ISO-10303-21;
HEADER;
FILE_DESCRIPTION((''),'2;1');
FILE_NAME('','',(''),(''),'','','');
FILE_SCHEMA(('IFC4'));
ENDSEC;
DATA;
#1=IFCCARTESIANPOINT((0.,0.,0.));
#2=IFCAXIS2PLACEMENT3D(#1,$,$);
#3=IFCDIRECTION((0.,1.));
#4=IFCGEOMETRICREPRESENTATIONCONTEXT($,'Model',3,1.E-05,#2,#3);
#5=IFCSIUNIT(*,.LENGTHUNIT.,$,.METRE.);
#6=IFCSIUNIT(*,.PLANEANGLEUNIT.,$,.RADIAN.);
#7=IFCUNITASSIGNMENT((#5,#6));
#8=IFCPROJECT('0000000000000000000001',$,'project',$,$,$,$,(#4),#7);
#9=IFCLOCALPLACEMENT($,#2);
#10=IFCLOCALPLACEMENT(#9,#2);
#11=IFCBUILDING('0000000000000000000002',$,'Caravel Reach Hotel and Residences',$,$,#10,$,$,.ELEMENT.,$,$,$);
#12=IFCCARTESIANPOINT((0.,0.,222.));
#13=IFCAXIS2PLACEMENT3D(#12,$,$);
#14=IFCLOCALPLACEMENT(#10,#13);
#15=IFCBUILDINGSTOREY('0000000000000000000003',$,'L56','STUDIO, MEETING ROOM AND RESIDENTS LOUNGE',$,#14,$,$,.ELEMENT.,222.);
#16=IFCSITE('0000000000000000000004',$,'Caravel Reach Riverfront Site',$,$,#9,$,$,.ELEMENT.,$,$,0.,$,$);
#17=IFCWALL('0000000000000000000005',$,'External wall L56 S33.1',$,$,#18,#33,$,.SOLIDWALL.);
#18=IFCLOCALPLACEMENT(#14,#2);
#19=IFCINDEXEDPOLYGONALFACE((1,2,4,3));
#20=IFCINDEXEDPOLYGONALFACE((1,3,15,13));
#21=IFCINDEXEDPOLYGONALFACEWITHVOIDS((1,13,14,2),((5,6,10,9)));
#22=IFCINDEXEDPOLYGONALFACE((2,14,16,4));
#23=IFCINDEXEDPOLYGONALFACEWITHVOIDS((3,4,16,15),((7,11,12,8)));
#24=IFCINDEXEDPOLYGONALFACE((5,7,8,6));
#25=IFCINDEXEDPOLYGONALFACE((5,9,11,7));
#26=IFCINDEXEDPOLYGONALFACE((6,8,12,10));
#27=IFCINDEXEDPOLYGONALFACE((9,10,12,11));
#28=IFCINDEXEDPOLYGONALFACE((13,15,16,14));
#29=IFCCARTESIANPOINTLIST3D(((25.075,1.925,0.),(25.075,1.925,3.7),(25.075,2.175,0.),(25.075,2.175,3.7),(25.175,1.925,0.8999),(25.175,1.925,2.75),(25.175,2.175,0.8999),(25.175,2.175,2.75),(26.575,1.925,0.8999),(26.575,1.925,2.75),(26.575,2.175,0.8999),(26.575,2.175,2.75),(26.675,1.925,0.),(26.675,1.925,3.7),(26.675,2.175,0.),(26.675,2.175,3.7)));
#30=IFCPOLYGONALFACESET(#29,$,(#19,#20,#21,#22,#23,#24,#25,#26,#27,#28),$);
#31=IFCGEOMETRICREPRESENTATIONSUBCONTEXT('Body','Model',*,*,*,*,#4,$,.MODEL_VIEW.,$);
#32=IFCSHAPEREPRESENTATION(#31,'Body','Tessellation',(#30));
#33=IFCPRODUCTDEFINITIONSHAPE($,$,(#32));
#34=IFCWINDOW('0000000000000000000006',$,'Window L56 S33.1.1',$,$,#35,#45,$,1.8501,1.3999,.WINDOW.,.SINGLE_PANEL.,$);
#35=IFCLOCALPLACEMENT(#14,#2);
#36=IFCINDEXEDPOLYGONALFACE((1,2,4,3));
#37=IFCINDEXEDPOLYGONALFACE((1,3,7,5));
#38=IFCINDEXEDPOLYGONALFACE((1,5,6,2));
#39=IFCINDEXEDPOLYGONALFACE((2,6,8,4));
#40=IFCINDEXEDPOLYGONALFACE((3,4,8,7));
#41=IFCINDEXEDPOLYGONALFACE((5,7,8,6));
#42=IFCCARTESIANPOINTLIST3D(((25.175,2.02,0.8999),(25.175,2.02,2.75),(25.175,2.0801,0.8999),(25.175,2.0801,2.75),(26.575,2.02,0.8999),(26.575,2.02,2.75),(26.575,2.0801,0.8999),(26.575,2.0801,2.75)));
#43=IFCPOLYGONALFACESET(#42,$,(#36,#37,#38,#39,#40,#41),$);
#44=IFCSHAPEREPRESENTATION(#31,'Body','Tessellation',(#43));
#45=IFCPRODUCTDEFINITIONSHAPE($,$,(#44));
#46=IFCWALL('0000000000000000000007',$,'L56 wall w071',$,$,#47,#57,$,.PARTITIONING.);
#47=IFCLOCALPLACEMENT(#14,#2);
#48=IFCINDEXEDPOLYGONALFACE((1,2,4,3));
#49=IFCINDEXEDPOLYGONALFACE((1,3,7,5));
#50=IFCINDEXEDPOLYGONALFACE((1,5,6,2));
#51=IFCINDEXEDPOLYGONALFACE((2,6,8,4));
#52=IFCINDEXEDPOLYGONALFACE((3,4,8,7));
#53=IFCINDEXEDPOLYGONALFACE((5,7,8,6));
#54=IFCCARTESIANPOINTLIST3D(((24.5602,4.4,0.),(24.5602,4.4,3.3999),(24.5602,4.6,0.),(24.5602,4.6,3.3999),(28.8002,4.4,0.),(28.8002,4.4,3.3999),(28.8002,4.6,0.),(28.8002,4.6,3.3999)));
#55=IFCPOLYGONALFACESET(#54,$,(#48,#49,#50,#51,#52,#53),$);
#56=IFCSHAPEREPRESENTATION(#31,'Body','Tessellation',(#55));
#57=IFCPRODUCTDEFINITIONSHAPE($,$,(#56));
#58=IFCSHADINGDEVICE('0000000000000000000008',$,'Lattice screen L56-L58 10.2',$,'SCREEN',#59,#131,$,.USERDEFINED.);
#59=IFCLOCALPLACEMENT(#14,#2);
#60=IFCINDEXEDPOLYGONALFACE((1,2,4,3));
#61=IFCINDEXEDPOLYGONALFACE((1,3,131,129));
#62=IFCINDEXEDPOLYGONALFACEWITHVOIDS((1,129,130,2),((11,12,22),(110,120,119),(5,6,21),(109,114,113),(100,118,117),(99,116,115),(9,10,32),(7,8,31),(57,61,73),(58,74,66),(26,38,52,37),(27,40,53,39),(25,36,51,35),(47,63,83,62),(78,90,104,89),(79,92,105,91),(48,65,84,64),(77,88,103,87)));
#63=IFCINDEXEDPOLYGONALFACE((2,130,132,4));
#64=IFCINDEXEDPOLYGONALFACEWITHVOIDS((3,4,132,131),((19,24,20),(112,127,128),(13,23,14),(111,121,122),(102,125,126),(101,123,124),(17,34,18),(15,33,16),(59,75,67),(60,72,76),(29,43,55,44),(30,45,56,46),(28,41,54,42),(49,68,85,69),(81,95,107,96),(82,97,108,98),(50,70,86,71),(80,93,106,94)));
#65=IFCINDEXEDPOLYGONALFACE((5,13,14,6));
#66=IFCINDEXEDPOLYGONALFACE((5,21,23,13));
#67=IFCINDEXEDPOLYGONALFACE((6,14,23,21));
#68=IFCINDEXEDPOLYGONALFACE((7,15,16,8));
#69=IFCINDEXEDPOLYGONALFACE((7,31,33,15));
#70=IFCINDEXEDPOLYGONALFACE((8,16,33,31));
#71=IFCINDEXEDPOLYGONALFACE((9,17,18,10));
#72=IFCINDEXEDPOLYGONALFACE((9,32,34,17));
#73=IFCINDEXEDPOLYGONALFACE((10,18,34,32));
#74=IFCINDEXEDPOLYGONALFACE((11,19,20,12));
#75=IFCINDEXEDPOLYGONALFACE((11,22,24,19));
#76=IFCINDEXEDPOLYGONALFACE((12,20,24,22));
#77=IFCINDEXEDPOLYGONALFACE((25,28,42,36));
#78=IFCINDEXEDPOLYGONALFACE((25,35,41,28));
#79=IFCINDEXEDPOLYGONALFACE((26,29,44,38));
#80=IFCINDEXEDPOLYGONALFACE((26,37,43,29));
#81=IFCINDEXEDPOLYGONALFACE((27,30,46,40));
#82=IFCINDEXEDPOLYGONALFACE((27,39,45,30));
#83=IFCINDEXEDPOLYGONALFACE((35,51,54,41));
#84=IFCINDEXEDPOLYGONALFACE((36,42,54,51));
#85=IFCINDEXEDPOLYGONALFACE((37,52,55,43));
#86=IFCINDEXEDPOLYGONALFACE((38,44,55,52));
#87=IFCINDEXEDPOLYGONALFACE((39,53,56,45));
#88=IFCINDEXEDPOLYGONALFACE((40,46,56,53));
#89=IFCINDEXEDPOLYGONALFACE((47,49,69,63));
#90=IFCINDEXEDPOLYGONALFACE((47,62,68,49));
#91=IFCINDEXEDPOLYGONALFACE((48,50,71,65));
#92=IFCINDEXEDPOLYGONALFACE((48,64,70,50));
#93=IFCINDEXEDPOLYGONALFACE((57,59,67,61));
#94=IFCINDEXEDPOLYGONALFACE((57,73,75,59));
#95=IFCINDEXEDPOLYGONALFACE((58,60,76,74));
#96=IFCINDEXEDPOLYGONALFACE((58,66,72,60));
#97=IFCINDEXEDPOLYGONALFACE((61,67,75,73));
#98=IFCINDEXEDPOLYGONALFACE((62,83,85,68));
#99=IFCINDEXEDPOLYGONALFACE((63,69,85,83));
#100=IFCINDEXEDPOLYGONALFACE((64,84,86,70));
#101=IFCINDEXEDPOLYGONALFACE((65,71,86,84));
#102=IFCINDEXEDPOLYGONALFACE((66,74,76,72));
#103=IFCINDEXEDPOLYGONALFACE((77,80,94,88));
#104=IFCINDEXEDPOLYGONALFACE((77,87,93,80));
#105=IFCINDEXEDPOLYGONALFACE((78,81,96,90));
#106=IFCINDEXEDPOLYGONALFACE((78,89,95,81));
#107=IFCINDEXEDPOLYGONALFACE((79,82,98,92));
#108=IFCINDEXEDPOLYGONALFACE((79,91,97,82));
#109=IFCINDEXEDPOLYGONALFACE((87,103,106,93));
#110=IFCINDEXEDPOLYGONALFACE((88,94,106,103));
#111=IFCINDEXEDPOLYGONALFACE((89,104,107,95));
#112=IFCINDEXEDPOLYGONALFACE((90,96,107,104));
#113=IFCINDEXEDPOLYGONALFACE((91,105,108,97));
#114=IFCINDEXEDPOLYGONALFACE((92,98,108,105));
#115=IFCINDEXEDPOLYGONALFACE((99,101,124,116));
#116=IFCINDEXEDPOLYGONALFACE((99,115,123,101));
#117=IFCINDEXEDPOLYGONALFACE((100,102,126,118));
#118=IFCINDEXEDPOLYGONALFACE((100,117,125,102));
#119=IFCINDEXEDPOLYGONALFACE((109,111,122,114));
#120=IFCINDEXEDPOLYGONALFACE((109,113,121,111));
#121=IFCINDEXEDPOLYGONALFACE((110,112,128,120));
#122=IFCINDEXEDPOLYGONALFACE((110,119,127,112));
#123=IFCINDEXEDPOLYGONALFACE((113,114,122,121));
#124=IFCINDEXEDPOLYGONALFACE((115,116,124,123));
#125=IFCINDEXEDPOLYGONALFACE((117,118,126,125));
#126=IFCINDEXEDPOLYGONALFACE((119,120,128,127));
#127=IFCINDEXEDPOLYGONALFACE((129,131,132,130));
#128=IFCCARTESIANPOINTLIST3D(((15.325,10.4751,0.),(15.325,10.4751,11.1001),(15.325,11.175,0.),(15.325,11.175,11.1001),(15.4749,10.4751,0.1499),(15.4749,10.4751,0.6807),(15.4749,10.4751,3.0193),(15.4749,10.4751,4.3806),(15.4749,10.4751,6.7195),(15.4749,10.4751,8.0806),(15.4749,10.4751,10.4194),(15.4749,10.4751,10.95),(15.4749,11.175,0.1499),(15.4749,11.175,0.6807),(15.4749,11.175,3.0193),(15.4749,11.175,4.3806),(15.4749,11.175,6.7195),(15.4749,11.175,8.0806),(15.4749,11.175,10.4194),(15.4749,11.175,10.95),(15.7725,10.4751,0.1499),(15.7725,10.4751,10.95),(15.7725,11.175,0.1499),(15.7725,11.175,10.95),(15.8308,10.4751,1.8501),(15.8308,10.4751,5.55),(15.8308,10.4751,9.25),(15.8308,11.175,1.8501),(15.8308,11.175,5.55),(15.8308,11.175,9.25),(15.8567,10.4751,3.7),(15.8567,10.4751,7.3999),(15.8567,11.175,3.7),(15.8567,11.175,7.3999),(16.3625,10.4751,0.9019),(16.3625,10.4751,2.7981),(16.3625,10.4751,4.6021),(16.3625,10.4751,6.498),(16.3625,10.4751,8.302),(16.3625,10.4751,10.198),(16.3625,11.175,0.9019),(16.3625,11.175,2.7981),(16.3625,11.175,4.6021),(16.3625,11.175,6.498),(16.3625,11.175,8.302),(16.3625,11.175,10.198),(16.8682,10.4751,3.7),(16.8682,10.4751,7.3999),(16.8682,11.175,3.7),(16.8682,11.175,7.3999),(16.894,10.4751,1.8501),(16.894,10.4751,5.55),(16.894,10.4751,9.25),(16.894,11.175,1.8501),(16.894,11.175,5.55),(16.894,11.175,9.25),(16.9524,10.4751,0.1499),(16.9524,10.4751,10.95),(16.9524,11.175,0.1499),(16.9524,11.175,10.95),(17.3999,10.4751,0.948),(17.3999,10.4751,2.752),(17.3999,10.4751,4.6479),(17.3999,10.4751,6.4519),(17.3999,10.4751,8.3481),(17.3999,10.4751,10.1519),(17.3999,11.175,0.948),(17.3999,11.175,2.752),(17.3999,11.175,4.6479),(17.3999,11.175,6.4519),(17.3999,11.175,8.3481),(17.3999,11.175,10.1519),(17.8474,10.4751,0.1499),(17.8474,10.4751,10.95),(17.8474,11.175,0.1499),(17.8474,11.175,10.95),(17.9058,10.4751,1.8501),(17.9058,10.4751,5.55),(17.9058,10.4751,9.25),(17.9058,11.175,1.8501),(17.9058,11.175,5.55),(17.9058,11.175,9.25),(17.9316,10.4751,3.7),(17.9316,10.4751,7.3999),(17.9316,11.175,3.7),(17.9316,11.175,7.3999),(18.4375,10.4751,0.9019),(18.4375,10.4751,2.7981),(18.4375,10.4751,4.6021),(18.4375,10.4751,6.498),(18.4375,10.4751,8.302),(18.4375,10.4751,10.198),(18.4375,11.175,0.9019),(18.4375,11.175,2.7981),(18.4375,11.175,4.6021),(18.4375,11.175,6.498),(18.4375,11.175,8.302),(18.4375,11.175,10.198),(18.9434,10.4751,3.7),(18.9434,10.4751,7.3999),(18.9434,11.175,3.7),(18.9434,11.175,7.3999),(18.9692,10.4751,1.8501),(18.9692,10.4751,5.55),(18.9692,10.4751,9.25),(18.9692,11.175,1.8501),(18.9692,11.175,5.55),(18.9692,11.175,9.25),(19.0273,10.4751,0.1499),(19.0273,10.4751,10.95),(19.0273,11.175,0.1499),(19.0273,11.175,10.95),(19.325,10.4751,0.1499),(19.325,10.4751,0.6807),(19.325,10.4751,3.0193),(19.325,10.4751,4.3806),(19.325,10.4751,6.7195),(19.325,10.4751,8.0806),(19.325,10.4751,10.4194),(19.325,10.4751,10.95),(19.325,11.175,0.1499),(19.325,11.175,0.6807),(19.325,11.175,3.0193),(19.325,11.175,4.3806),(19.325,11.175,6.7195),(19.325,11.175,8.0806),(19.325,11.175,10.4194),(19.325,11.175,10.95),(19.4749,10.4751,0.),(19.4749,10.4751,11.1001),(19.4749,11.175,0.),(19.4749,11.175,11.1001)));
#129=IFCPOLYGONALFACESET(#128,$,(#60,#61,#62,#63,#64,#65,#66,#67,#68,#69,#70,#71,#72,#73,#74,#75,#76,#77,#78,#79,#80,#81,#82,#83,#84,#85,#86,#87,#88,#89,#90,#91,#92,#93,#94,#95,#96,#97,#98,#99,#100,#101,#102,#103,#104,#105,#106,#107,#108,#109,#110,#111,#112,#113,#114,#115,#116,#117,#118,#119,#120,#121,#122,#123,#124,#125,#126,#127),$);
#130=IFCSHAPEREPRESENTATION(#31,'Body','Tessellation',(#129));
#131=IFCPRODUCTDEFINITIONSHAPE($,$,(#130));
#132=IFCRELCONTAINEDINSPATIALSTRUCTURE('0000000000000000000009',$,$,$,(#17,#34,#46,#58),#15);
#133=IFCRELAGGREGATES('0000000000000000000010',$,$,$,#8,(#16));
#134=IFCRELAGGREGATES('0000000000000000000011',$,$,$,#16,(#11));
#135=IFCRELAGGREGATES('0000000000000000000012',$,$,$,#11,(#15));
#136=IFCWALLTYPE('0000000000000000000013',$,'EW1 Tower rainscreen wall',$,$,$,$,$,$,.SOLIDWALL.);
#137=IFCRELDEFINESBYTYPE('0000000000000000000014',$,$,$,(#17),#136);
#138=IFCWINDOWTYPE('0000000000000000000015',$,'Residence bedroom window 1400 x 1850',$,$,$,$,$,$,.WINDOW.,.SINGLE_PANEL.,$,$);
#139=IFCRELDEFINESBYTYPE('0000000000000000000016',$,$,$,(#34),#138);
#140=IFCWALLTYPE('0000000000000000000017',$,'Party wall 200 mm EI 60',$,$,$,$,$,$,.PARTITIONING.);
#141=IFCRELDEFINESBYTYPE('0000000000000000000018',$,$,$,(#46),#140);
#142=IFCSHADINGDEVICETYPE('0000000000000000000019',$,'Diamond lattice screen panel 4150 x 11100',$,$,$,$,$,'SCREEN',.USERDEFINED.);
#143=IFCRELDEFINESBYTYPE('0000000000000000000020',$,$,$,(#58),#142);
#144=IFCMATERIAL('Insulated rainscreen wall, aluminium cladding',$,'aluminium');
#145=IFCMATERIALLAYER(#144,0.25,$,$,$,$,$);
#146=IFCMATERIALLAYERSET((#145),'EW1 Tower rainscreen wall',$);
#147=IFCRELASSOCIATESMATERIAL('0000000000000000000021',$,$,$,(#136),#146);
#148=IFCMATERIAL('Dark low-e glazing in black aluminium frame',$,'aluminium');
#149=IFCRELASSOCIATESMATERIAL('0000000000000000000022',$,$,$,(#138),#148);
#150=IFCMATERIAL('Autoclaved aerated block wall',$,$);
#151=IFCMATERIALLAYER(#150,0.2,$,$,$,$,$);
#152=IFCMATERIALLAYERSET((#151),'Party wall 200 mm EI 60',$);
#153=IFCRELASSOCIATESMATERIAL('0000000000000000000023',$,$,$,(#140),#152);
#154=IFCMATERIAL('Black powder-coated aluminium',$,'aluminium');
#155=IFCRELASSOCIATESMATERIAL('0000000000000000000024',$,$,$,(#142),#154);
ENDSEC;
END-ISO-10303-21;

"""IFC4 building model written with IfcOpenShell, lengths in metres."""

from ifc_helpers import new_model, si_unit, direction, frame, frame_2d, origin, place, context, subcontext, project, spatial, polyline, rectangle, outline, extrude, material, layer, layer_set, type_object, element, fill, save


model = new_model("IFC4")

# Units and contexts
model_context = context("Model", 3, precision=1e-05, world=origin(), true_north=direction((0.0, 1.0)))
body_context = subcontext(model_context, "Body", "Model", "MODEL_VIEW")
ifc_project = project(units=[si_unit("LENGTHUNIT", "METRE"), si_unit("PLANEANGLEUNIT", "RADIAN")], contexts=[model_context])

# Site, building, storey
site_placement = place(None, origin())
site = spatial("IfcSite", under=ifc_project, at=site_placement, Name="Caravel Reach Riverfront Site", CompositionType="ELEMENT", RefElevation=0.0)
building_placement = place(site_placement, origin())
building = spatial("IfcBuilding", under=site, at=building_placement, Name="Caravel Reach Hotel and Residences", CompositionType="ELEMENT")
storey_placement = place(building_placement, frame((0.0, 0.0, 222.0)))
storey = spatial("IfcBuildingStorey", under=building, at=storey_placement, Name="L56", Description="STUDIO, MEETING ROOM AND RESIDENTS LOUNGE", CompositionType="ELEMENT", Elevation=222.0)

# Shared definitions
ifc_material_1 = material(Name="Insulated rainscreen wall, aluminium cladding", Category="aluminium")
ifc_layer_1 = layer(ifc_material_1, 0.25)
ifc_layer_set_1 = layer_set([ifc_layer_1], Name="EW1 Tower rainscreen wall")
wall_type_1 = type_object("IfcWallType", Name="EW1 Tower rainscreen wall", PredefinedType="SOLIDWALL", material=ifc_layer_set_1)

# Wall, opening, window
ifc_material_2 = material(Name="Dark low-e glazing in black aluminium frame", Category="aluminium")
window_type_1 = type_object("IfcWindowType", Name="Residence bedroom window 1400 x 1850", PartitioningType="SINGLE_PANEL", PredefinedType="WINDOW", material=ifc_material_2)
wall_1_placement = place(storey_placement, frame((25.075, 2.05, 0.0), z_axis=(0.0, 0.0, 1.0), x_axis=(1.0, 0.0, 0.0)))
wall_1 = element("IfcWall", 1, at=wall_1_placement, inside=storey, type_object=wall_type_1, Name="External wall L56 S33.1", PredefinedType="SOLIDWALL", context=body_context, shape_type="SweptSolid", body=[
    extrude(rectangle(XDim=1.6001, YDim=0.25, at=frame_2d((0.8, 0.0))), origin(), (0.0, 0.0, 1.0), 3.7),
])
opening_1_placement = place(wall_1_placement, frame((0.1001, 0.0, 0.8999)))
opening_1 = element("IfcOpeningElement", 2, at=opening_1_placement, cuts=wall_1, PredefinedType="OPENING", context=body_context, shape_type="SweptSolid", body=[
    extrude(rectangle(XDim=1.3999, YDim=1.8501, at=frame_2d((0.7, 0.925))), frame((0.0, 0.135, 0.0), z_axis=(0.0, -1.0, 0.0), x_axis=(1.0, 0.0, 0.0)), (0.0, 0.0, 1.0), 0.27),
])
window_1_placement = place(opening_1_placement, origin())
window_1 = element("IfcWindow", 3, at=window_1_placement, inside=storey, type_object=window_type_1, Name="Window L56 S33.1.1", OverallHeight=1.8501, OverallWidth=1.3999, PartitioningType="SINGLE_PANEL", PredefinedType="WINDOW", context=body_context, shape_type="SweptSolid", body=[
    extrude(rectangle(XDim=1.3999, YDim=1.8501, at=frame_2d((0.7, 0.925))), frame((0.0, 0.03, 0.0), z_axis=(0.0, -1.0, 0.0), x_axis=(1.0, 0.0, 0.0)), (0.0, 0.0, 1.0), 0.0601),
])
fill(opening_1, window_1)

# Wall
ifc_material_3 = material(Name="Autoclaved aerated block wall")
ifc_layer_2 = layer(ifc_material_3, 0.2)
ifc_layer_set_2 = layer_set([ifc_layer_2], Name="Party wall 200 mm EI 60")
wall_type_2 = type_object("IfcWallType", Name="Party wall 200 mm EI 60", PredefinedType="PARTITIONING", material=ifc_layer_set_2)
wall_2_placement = place(storey_placement, frame((24.5601, 4.5, 0.0), z_axis=(0.0, 0.0, 1.0), x_axis=(1.0, 0.0, 0.0)))
element("IfcWall", 4, at=wall_2_placement, inside=storey, type_object=wall_type_2, Name="L56 wall w071", PredefinedType="PARTITIONING", context=body_context, shape_type="SweptSolid", body=[
    extrude(rectangle(XDim=4.24, YDim=0.2, at=frame_2d((2.1201, 0.0))), origin(), (0.0, 0.0, 1.0), 3.3999),
])

# Shading device
ifc_material_4 = material(Name="Black powder-coated aluminium", Category="aluminium")
shading_device_type_1 = type_object("IfcShadingDeviceType", Name="Diamond lattice screen panel 4150 x 11100", ElementType="SCREEN", PredefinedType="USERDEFINED", material=ifc_material_4)
shading_device_1_placement = place(storey_placement, frame((15.325, 11.175, 0.0), z_axis=(0.0, -1.0, 0.0), x_axis=(1.0, 0.0, 0.0)))
element("IfcShadingDevice", 5, at=shading_device_1_placement, inside=storey, type_object=shading_device_type_1, Name="Lattice screen L56-L58 10.2", ObjectType="SCREEN", PredefinedType="USERDEFINED", context=body_context, shape_type="SweptSolid", body=[
    extrude(outline(polyline([(0.0, 0.0), (4.1499, 0.0), (4.1499, 11.1001), (0.0, 11.1001), (0.0, 0.0)]), holes=[polyline([(0.4475, 0.1499), (0.1499, 0.6807), (0.1499, 0.1499), (0.4475, 0.1499)]), polyline([(0.5317, 3.7), (0.1499, 4.3806), (0.1499, 3.0193), (0.5317, 3.7)]), polyline([(0.5317, 7.3999), (0.1499, 8.0806), (0.1499, 6.7195), (0.5317, 7.3999)]), polyline([(0.1499, 10.4194), (0.4475, 10.95), (0.1499, 10.95), (0.1499, 10.4194)]), polyline([(1.0376, 2.7981), (0.5059, 1.8501), (1.0376, 0.9019), (1.5691, 1.8501), (1.0376, 2.7981)]), polyline([(1.0376, 6.498), (0.5059, 5.55), (1.0376, 4.6021), (1.5691, 5.55), (1.0376, 6.498)]), polyline([(1.0376, 10.198), (0.5059, 9.25), (1.0376, 8.302), (1.5691, 9.25), (1.0376, 10.198)]), polyline([(2.075, 0.948), (1.6274, 0.1499), (2.5225, 0.1499), (2.075, 0.948)]), polyline([(2.075, 4.6479), (1.5432, 3.7), (2.075, 2.752), (2.6067, 3.7), (2.075, 4.6479)]), polyline([(2.075, 8.3481), (1.5432, 7.3999), (2.075, 6.4519), (2.6067, 7.3999), (2.075, 8.3481)]), polyline([(2.075, 10.1519), (2.5225, 10.95), (1.6274, 10.95), (2.075, 10.1519)]), polyline([(3.1125, 2.7981), (2.5808, 1.8501), (3.1125, 0.9019), (3.6443, 1.8501), (3.1125, 2.7981)]), polyline([(3.1125, 6.498), (2.5808, 5.55), (3.1125, 4.6021), (3.6443, 5.55), (3.1125, 6.498)]), polyline([(3.1125, 10.198), (2.5808, 9.25), (3.1125, 8.302), (3.6443, 9.25), (3.1125, 10.198)]), polyline([(4.0, 0.6807), (3.7024, 0.1499), (4.0, 0.1499), (4.0, 0.6807)]), polyline([(3.6184, 3.7), (4.0, 3.0193), (4.0, 4.3806), (3.6184, 3.7)]), polyline([(3.6184, 7.3999), (4.0, 6.7195), (4.0, 8.0806), (3.6184, 7.3999)]), polyline([(3.7024, 10.95), (4.0, 10.4194), (4.0, 10.95), (3.7024, 10.95)])]), origin(), (0.0, 0.0, 1.0), 0.7),
])

save(model, "model.ifc")
